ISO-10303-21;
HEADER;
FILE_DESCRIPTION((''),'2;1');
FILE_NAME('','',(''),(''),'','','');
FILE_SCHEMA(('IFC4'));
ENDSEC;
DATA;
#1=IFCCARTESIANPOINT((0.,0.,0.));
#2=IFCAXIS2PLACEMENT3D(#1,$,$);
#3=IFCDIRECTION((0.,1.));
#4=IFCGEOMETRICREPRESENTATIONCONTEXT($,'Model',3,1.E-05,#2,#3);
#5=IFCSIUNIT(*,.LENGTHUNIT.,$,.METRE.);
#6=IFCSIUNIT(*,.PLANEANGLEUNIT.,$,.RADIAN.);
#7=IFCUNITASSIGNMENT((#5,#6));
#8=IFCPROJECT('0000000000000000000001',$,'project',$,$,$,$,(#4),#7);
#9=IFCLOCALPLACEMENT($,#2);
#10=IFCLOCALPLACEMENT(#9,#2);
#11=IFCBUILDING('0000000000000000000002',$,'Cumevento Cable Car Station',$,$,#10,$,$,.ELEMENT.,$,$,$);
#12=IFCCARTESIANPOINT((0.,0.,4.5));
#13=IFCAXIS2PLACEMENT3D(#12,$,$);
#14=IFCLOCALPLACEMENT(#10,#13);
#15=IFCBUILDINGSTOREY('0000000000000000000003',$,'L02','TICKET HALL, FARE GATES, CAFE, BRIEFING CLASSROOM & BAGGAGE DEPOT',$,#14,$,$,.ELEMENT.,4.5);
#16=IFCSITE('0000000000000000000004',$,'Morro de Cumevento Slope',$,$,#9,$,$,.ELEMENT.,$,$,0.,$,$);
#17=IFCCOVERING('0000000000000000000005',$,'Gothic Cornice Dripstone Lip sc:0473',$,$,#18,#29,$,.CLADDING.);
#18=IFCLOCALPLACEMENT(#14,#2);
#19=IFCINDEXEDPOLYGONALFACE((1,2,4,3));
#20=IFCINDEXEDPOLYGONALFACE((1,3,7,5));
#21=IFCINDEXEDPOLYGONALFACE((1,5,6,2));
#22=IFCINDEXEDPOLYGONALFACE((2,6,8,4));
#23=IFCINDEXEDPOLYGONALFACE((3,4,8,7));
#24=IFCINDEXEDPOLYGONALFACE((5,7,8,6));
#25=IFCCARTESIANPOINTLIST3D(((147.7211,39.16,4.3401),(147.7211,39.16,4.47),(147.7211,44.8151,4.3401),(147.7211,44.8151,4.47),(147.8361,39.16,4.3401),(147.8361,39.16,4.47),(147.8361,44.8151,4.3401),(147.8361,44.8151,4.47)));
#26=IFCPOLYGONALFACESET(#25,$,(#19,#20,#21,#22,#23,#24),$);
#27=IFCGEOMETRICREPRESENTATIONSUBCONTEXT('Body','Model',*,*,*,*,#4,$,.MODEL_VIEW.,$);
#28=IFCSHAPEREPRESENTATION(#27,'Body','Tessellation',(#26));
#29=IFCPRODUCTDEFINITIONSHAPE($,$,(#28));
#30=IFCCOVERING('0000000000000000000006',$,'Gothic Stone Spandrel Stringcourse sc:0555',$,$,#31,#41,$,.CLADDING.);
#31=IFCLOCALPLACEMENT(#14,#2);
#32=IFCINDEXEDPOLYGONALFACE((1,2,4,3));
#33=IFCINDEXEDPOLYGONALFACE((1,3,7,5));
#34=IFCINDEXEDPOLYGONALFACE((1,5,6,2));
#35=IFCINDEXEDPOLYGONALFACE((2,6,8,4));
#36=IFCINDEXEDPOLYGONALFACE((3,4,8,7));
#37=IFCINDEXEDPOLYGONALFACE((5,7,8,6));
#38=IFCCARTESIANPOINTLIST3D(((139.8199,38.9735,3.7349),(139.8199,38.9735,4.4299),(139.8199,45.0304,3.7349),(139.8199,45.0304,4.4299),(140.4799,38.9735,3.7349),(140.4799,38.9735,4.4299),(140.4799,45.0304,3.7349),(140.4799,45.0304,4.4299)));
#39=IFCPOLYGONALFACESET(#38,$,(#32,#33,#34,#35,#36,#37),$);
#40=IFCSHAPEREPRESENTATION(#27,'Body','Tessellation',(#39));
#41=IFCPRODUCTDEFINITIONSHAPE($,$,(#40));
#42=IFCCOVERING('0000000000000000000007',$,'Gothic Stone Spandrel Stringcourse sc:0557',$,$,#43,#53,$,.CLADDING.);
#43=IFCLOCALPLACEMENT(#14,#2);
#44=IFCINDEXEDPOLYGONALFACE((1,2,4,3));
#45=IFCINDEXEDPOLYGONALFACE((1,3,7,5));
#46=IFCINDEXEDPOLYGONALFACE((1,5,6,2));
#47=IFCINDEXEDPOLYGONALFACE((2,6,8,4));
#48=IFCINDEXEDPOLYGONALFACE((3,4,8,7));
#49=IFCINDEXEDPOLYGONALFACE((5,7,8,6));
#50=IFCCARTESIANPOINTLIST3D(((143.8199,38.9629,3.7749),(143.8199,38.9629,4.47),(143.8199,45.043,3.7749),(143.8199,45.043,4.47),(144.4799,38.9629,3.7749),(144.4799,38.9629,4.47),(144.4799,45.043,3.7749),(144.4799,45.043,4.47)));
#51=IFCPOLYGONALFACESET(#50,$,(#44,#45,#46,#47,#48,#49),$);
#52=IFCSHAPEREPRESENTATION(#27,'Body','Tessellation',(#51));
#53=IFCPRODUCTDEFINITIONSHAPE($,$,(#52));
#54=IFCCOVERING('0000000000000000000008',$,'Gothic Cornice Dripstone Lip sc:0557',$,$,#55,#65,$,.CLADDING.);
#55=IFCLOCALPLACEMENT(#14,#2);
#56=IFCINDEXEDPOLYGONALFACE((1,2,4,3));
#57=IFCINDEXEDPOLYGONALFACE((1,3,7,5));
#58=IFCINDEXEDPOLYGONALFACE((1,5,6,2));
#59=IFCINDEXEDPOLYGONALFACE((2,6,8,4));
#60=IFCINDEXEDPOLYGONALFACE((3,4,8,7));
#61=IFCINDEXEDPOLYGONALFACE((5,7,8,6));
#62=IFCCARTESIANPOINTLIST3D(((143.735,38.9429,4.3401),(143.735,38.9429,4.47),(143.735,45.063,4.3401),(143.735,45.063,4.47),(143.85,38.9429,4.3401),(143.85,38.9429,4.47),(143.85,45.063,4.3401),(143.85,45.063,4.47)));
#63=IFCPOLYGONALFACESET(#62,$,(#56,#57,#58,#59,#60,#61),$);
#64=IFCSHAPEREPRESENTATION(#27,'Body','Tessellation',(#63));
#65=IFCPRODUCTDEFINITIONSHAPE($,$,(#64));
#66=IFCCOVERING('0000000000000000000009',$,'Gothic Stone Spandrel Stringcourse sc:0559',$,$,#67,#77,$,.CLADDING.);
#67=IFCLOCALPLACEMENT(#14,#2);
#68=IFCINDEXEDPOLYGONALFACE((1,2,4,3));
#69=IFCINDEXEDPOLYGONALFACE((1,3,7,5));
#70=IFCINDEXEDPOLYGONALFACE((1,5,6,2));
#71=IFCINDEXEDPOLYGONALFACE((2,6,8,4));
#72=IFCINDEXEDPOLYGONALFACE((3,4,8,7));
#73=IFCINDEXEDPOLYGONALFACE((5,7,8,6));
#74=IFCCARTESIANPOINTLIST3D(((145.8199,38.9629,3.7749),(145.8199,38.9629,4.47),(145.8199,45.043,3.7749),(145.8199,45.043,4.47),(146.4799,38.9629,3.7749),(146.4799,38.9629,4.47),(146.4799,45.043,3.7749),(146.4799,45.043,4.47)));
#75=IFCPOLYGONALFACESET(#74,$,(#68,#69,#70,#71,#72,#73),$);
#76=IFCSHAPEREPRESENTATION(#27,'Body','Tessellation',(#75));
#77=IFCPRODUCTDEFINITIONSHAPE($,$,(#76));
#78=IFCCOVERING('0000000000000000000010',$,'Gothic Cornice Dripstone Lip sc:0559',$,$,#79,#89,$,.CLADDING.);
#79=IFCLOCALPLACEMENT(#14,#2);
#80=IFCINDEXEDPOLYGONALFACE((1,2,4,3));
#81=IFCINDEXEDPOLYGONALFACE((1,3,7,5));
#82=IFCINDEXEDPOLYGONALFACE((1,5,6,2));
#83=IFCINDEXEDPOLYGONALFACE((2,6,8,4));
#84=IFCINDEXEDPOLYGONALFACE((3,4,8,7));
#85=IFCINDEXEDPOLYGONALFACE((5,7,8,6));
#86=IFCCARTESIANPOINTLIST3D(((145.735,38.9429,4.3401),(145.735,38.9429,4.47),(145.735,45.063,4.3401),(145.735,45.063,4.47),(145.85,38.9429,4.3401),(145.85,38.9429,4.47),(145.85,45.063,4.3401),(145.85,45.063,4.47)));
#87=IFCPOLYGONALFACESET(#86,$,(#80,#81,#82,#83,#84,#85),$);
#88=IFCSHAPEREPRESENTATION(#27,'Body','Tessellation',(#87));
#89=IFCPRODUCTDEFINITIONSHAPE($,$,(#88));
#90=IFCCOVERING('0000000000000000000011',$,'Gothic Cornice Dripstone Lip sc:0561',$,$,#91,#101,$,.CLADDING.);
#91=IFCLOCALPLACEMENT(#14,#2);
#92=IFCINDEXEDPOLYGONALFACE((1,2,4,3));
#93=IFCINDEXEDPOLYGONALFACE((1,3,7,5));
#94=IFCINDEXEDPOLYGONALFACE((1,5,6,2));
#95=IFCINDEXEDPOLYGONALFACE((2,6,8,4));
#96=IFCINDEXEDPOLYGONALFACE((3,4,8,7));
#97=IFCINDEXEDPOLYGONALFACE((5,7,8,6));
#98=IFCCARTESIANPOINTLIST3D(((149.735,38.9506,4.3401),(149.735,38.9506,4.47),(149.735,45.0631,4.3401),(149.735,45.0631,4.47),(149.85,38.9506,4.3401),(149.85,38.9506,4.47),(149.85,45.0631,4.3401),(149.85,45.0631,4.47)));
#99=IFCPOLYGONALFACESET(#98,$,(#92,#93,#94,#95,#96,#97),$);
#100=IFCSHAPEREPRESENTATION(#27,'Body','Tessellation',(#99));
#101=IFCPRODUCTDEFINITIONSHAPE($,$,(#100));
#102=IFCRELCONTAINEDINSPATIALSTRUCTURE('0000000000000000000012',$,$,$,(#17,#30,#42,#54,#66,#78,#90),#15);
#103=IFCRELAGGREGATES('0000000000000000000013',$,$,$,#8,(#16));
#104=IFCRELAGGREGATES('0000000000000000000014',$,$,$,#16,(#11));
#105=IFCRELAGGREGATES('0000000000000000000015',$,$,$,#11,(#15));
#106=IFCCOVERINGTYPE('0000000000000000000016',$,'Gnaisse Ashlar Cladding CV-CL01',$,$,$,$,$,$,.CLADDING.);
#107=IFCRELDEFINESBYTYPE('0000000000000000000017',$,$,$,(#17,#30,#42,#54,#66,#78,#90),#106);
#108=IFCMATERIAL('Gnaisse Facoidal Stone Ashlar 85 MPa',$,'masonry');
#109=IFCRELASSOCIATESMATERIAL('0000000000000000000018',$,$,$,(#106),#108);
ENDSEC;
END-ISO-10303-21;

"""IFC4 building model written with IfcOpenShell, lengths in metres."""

from ifc_helpers import new_model, si_unit, direction, frame, origin, origin_2d, place, context, subcontext, project, spatial, rectangle, extrude, material, type_object, element, save


model = new_model("IFC4")

# Units and contexts
model_context = context("Model", 3, precision=1e-05, world=origin(), true_north=direction((0.0, 1.0)))
body_context = subcontext(model_context, "Body", "Model", "MODEL_VIEW")
ifc_project = project(units=[si_unit("LENGTHUNIT", "METRE"), si_unit("PLANEANGLEUNIT", "RADIAN")], contexts=[model_context])

# Site, building, storey
site_placement = place(None, origin())
site = spatial("IfcSite", under=ifc_project, at=site_placement, Name="Morro de Cumevento Slope", CompositionType="ELEMENT", RefElevation=0.0)
building_placement = place(site_placement, origin())
building = spatial("IfcBuilding", under=site, at=building_placement, Name="Cumevento Cable Car Station", CompositionType="ELEMENT")
storey_placement = place(building_placement, frame((0.0, 0.0, 4.5)))
storey = spatial("IfcBuildingStorey", under=building, at=storey_placement, Name="L02", Description="TICKET HALL, FARE GATES, CAFE, BRIEFING CLASSROOM & BAGGAGE DEPOT", CompositionType="ELEMENT", Elevation=4.5)

# Coverings
ifc_material_1 = material(Name="Gnaisse Facoidal Stone Ashlar 85 MPa", Category="masonry")
covering_type = type_object("IfcCoveringType", Name="Gnaisse Ashlar Cladding CV-CL01", PredefinedType="CLADDING", material=ifc_material_1)
covering_1_placement = place(storey_placement, frame((147.7786, 41.9875, 4.3401), z_axis=(0.0, 0.0, 1.0), x_axis=(0.0, 1.0, 0.0)))
element("IfcCovering", 1, at=covering_1_placement, inside=storey, type_object=covering_type, Name="Gothic Cornice Dripstone Lip sc:0473", PredefinedType="CLADDING", context=body_context, shape_type="SweptSolid", body=[
    extrude(rectangle(XDim=5.655, YDim=0.115, at=origin_2d()), origin(), (0.0, 0.0, 1.0), 0.1299),
])
covering_2_placement = place(storey_placement, frame((140.1499, 42.002, 3.7349), z_axis=(0.0, 0.0, 1.0), x_axis=(0.0, 1.0, 0.0)))
element("IfcCovering", 2, at=covering_2_placement, inside=storey, type_object=covering_type, Name="Gothic Stone Spandrel Stringcourse sc:0555", PredefinedType="CLADDING", context=body_context, shape_type="SweptSolid", body=[
    extrude(rectangle(XDim=6.0569, YDim=0.6599, at=origin_2d()), origin(), (0.0, 0.0, 1.0), 0.6951),
])
covering_3_placement = place(storey_placement, frame((144.1499, 42.0029, 3.7749), z_axis=(0.0, 0.0, 1.0), x_axis=(0.0, 1.0, 0.0)))
element("IfcCovering", 3, at=covering_3_placement, inside=storey, type_object=covering_type, Name="Gothic Stone Spandrel Stringcourse sc:0557", PredefinedType="CLADDING", context=body_context, shape_type="SweptSolid", body=[
    extrude(rectangle(XDim=6.0801, YDim=0.6599, at=origin_2d()), origin(), (0.0, 0.0, 1.0), 0.6951),
])
covering_4_placement = place(storey_placement, frame((143.7925, 42.0029, 4.3401), z_axis=(0.0, 0.0, 1.0), x_axis=(0.0, 1.0, 0.0)))
element("IfcCovering", 4, at=covering_4_placement, inside=storey, type_object=covering_type, Name="Gothic Cornice Dripstone Lip sc:0557", PredefinedType="CLADDING", context=body_context, shape_type="SweptSolid", body=[
    extrude(rectangle(XDim=6.1201, YDim=0.115, at=origin_2d()), origin(), (0.0, 0.0, 1.0), 0.1299),
])
covering_5_placement = place(storey_placement, frame((146.1499, 42.0029, 3.7749), z_axis=(0.0, 0.0, 1.0), x_axis=(0.0, 1.0, 0.0)))
element("IfcCovering", 5, at=covering_5_placement, inside=storey, type_object=covering_type, Name="Gothic Stone Spandrel Stringcourse sc:0559", PredefinedType="CLADDING", context=body_context, shape_type="SweptSolid", body=[
    extrude(rectangle(XDim=6.0801, YDim=0.6599, at=origin_2d()), origin(), (0.0, 0.0, 1.0), 0.6951),
])
covering_6_placement = place(storey_placement, frame((145.7925, 42.0029, 4.3401), z_axis=(0.0, 0.0, 1.0), x_axis=(0.0, 1.0, 0.0)))
element("IfcCovering", 6, at=covering_6_placement, inside=storey, type_object=covering_type, Name="Gothic Cornice Dripstone Lip sc:0559", PredefinedType="CLADDING", context=body_context, shape_type="SweptSolid", body=[
    extrude(rectangle(XDim=6.1201, YDim=0.115, at=origin_2d()), origin(), (0.0, 0.0, 1.0), 0.1299),
])
covering_7_placement = place(storey_placement, frame((149.7925, 42.0068, 4.3401), z_axis=(0.0, 0.0, 1.0), x_axis=(0.0, 1.0, 0.0)))
element("IfcCovering", 7, at=covering_7_placement, inside=storey, type_object=covering_type, Name="Gothic Cornice Dripstone Lip sc:0561", PredefinedType="CLADDING", context=body_context, shape_type="SweptSolid", body=[
    extrude(rectangle(XDim=6.1125, YDim=0.115, at=origin_2d()), origin(), (0.0, 0.0, 1.0), 0.1299),
])

save(model, "model.ifc")
